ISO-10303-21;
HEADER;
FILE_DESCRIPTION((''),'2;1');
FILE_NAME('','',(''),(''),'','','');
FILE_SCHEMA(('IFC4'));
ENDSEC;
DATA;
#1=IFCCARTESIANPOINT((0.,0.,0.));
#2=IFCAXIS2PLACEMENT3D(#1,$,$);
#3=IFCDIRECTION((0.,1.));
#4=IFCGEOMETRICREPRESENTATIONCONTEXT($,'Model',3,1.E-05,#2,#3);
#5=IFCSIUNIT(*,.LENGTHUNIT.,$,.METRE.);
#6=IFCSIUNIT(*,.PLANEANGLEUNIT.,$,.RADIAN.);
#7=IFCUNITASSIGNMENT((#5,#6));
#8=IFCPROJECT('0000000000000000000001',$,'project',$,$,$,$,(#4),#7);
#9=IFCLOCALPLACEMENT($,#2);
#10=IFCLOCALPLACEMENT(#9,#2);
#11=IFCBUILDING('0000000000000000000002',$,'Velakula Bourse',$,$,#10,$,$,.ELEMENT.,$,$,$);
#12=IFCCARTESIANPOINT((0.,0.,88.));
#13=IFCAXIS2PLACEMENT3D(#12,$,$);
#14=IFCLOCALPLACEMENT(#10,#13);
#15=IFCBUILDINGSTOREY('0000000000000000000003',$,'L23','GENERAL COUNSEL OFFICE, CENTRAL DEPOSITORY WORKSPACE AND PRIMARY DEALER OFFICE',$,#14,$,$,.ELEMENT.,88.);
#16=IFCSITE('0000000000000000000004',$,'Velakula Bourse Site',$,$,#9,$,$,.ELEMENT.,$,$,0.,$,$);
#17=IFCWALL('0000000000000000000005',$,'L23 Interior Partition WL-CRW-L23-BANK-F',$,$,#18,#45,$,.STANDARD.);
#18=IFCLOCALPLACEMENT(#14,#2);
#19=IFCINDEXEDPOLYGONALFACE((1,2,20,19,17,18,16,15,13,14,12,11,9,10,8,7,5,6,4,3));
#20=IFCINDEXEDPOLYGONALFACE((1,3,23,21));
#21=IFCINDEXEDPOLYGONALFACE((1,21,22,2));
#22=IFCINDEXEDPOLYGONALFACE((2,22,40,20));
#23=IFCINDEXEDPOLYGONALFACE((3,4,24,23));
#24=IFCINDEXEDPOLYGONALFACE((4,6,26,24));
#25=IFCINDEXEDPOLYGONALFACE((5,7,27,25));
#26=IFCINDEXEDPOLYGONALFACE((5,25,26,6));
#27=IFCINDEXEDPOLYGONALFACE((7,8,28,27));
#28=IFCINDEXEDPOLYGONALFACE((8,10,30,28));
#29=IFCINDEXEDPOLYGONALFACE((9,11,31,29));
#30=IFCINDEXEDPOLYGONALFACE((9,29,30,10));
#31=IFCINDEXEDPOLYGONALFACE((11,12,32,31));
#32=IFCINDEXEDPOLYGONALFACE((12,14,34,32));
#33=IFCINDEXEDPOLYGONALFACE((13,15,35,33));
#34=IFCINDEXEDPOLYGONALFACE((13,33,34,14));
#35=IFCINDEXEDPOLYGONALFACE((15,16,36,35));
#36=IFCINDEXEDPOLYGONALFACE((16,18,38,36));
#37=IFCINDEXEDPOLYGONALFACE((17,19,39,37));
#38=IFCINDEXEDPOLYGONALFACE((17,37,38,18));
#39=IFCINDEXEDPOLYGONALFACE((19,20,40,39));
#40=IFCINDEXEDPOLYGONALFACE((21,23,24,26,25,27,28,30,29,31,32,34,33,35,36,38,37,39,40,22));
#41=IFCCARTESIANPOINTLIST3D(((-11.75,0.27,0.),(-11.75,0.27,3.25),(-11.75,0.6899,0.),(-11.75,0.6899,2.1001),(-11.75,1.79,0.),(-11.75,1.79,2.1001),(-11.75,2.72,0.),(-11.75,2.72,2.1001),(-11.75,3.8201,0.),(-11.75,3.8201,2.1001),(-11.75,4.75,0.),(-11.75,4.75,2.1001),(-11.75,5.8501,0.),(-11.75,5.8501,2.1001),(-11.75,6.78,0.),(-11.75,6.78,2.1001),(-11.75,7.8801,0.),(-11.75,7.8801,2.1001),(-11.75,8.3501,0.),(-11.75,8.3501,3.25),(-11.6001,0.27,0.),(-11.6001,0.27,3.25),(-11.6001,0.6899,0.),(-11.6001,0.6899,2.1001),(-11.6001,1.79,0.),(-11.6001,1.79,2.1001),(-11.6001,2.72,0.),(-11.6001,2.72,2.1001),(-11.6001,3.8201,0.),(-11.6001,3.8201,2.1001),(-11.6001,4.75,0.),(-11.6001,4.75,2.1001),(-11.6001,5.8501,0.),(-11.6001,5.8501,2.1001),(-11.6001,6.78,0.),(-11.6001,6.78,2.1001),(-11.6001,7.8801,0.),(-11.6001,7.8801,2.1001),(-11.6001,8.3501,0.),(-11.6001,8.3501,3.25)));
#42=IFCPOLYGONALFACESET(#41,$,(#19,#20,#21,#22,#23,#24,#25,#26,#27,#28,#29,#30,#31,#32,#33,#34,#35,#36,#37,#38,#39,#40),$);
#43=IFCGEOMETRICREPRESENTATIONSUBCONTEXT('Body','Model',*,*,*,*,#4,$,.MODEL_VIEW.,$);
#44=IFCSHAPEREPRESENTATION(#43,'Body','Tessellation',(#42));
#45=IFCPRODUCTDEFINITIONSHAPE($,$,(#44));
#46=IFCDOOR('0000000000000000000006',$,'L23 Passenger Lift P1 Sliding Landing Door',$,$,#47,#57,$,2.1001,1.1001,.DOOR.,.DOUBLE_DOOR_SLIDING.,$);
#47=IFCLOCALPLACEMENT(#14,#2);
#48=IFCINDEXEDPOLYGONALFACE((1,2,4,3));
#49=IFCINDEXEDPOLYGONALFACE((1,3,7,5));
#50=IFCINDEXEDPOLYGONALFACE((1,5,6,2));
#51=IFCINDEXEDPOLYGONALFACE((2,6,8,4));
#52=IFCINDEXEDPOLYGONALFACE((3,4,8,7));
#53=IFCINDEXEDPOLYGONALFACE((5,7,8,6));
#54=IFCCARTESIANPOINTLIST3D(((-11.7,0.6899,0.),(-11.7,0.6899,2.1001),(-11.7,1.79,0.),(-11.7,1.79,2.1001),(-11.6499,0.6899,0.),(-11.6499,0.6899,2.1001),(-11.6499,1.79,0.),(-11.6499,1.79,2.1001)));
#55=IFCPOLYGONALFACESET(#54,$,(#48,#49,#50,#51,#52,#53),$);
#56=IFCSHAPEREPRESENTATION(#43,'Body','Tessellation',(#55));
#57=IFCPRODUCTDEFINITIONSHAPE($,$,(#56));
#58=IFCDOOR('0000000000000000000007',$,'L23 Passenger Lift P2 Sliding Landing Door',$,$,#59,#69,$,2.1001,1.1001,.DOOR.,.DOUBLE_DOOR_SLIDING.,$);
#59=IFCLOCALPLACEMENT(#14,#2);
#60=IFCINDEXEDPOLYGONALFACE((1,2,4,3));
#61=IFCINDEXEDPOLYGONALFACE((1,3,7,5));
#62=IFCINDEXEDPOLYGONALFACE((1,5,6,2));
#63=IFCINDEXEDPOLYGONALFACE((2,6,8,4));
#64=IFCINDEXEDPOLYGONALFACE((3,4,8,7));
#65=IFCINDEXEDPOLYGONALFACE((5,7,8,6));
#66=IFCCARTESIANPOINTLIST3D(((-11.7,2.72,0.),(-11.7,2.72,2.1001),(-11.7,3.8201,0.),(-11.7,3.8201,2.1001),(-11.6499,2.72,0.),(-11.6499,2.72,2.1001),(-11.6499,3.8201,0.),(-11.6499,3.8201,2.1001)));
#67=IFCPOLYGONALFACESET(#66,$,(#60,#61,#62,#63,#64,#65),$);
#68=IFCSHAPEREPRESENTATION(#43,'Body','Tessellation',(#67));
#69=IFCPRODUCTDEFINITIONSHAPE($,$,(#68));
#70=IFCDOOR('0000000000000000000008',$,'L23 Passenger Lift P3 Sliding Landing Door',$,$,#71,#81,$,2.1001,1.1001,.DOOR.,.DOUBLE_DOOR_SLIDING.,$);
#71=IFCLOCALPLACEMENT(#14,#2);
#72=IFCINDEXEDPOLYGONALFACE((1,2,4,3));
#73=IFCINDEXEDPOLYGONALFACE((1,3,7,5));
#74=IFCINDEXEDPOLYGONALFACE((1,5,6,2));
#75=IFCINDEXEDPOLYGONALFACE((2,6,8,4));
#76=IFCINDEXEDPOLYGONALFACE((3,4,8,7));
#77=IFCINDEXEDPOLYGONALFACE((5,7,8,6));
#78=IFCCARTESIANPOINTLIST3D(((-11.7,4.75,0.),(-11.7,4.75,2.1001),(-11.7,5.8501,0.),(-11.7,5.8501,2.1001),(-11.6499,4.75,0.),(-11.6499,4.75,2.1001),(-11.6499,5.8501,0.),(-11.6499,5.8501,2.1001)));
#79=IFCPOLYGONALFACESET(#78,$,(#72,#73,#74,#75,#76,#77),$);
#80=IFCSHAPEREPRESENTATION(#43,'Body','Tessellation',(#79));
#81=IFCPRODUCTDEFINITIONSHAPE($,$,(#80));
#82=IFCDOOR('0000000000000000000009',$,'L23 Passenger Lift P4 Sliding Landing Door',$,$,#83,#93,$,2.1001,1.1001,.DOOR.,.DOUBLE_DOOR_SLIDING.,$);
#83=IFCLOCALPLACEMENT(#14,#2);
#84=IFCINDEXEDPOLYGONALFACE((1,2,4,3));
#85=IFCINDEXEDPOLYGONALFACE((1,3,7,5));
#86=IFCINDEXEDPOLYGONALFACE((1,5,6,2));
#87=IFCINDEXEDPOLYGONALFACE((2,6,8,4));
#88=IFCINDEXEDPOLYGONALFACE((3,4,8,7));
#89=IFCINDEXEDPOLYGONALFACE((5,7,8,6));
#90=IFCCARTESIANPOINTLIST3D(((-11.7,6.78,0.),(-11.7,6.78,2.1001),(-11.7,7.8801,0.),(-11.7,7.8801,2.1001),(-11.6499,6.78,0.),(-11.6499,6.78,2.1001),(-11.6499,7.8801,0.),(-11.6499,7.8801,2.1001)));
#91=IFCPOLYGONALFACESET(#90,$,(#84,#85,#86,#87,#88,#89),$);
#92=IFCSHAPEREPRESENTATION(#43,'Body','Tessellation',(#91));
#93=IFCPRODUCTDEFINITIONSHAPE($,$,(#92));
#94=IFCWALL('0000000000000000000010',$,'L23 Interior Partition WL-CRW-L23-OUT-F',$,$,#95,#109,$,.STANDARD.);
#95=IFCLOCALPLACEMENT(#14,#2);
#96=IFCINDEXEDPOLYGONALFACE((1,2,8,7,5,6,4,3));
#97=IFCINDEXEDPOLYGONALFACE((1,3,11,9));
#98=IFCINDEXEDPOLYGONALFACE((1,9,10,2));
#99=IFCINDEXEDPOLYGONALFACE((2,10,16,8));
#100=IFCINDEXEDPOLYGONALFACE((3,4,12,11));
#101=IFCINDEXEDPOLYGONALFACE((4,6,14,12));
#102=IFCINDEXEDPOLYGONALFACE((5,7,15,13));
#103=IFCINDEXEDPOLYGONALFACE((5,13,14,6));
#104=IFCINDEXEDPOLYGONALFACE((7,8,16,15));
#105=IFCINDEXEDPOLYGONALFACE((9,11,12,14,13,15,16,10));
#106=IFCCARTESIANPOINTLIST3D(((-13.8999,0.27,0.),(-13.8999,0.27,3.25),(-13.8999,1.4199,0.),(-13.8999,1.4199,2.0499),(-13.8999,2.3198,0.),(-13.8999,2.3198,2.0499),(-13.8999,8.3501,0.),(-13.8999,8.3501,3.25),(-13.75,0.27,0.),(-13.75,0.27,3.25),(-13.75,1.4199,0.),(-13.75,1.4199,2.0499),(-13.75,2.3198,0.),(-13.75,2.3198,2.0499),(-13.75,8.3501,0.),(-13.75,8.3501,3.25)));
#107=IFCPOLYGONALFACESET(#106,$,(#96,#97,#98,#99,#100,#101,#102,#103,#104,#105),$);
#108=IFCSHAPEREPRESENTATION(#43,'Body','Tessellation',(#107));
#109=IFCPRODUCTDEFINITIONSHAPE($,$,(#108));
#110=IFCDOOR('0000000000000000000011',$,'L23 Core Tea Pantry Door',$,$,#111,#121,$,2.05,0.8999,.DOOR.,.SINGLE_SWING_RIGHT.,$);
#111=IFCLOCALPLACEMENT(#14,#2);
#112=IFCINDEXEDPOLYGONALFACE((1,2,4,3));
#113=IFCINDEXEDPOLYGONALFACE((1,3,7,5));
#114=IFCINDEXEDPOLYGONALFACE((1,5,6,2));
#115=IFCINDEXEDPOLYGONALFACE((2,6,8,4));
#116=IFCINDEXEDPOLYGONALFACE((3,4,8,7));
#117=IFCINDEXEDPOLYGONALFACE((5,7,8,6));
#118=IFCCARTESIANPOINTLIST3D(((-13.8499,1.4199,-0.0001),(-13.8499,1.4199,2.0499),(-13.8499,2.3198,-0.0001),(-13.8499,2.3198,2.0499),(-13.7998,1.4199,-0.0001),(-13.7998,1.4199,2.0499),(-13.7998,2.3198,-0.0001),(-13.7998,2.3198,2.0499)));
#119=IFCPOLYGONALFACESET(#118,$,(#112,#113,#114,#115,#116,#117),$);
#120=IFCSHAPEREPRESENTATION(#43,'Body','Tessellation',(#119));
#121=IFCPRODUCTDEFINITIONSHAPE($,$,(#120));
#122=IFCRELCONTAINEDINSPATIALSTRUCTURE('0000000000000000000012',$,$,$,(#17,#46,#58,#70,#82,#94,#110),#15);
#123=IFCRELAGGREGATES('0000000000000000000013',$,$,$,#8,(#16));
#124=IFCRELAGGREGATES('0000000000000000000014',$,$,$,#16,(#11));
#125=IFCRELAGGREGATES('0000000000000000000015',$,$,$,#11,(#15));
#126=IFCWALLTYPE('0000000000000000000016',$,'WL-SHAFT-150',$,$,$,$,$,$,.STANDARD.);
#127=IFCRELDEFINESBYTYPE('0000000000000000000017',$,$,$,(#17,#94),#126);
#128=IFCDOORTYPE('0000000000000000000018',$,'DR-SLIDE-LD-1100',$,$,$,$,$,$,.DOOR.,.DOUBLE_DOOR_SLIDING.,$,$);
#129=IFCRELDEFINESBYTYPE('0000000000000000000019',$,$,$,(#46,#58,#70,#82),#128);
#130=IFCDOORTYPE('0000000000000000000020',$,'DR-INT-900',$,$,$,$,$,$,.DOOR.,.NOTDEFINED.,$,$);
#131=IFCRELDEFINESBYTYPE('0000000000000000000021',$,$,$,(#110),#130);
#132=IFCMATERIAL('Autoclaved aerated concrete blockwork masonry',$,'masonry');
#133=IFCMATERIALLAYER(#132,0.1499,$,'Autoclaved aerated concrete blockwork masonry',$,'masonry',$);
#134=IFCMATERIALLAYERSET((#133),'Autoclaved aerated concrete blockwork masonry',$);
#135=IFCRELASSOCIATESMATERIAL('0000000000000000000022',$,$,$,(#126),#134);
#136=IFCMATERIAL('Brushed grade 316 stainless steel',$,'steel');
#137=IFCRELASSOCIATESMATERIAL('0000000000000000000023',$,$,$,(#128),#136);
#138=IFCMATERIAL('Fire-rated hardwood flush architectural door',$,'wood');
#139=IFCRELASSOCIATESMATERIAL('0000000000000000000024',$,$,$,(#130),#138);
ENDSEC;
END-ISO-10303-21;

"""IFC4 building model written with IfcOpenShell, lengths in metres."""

from ifc_helpers import new_model, si_unit, direction, frame, frame_2d, origin, place, context, subcontext, project, spatial, rectangle, extrude, material, layer, layer_set, type_object, element, fill, save


model = new_model("IFC4")

# Units and contexts
model_context = context("Model", 3, precision=1e-05, world=origin(), true_north=direction((0.0, 1.0)))
body_context = subcontext(model_context, "Body", "Model", "MODEL_VIEW")
ifc_project = project(units=[si_unit("LENGTHUNIT", "METRE"), si_unit("PLANEANGLEUNIT", "RADIAN")], contexts=[model_context])

# Site, building, storey
site_placement = place(None, origin())
site = spatial("IfcSite", under=ifc_project, at=site_placement, Name="Velakula Bourse Site", CompositionType="ELEMENT", RefElevation=0.0)
building_placement = place(site_placement, origin())
building = spatial("IfcBuilding", under=site, at=building_placement, Name="Velakula Bourse", CompositionType="ELEMENT")
storey_placement = place(building_placement, frame((0.0, 0.0, 88.0)))
storey = spatial("IfcBuildingStorey", under=building, at=storey_placement, Name="L23", Description="GENERAL COUNSEL OFFICE, CENTRAL DEPOSITORY WORKSPACE AND PRIMARY DEALER OFFICE", CompositionType="ELEMENT", Elevation=88.0)

# Shared definitions
ifc_material_1 = material(Name="Fire-rated hardwood flush architectural door", Category="wood")

# Shared definitions
ifc_material_2 = material(Name="Autoclaved aerated concrete blockwork masonry", Category="masonry")
ifc_layer_1 = layer(ifc_material_2, 0.1499, Name="Autoclaved aerated concrete blockwork masonry", Category="masonry")
ifc_layer_set_1 = layer_set([ifc_layer_1], Name="Autoclaved aerated concrete blockwork masonry")
wall_type_1 = type_object("IfcWallType", Name="WL-SHAFT-150", PredefinedType="STANDARD", material=ifc_layer_set_1)

# Wall, openings, doors
wall_1_placement = place(storey_placement, frame((-11.675, 0.27, 0.0), z_axis=(0.0, 0.0, 1.0), x_axis=(0.0, 1.0, 0.0)))
wall_1 = element("IfcWall", 1, at=wall_1_placement, inside=storey, type_object=wall_type_1, Name="L23 Interior Partition WL-CRW-L23-BANK-F", PredefinedType="STANDARD", context=body_context, shape_type="SweptSolid", body=[
    extrude(rectangle(XDim=8.0801, YDim=0.1499, at=frame_2d((4.04, 0.0))), origin(), (0.0, 0.0, 1.0), 3.25),
])
opening_1_placement = place(wall_1_placement, frame((0.4199, 0.0, 0.0)))
opening_1 = element("IfcOpeningElement", 2, at=opening_1_placement, cuts=wall_1, PredefinedType="OPENING", context=body_context, shape_type="SweptSolid", body=[
    extrude(rectangle(XDim=1.1001, YDim=2.1001, at=frame_2d((0.55, 1.05))), frame((0.0, 0.085, 0.0), z_axis=(0.0, -1.0, 0.0), x_axis=(1.0, 0.0, 0.0)), (0.0, 0.0, 1.0), 0.1699),
])
opening_2_placement = place(wall_1_placement, frame((2.45, 0.0, 0.0)))
opening_2 = element("IfcOpeningElement", 3, at=opening_2_placement, cuts=wall_1, PredefinedType="OPENING", context=body_context, shape_type="SweptSolid", body=[
    extrude(rectangle(XDim=1.1001, YDim=2.1001, at=frame_2d((0.55, 1.05))), frame((0.0, 0.085, 0.0), z_axis=(0.0, -1.0, 0.0), x_axis=(1.0, 0.0, 0.0)), (0.0, 0.0, 1.0), 0.1699),
])
opening_3_placement = place(wall_1_placement, frame((4.48, 0.0, 0.0)))
opening_3 = element("IfcOpeningElement", 4, at=opening_3_placement, cuts=wall_1, PredefinedType="OPENING", context=body_context, shape_type="SweptSolid", body=[
    extrude(rectangle(XDim=1.1001, YDim=2.1001, at=frame_2d((0.55, 1.05))), frame((0.0, 0.085, 0.0), z_axis=(0.0, -1.0, 0.0), x_axis=(1.0, 0.0, 0.0)), (0.0, 0.0, 1.0), 0.1699),
])
opening_4_placement = place(wall_1_placement, frame((6.51, 0.0, 0.0)))
opening_4 = element("IfcOpeningElement", 5, at=opening_4_placement, cuts=wall_1, PredefinedType="OPENING", context=body_context, shape_type="SweptSolid", body=[
    extrude(rectangle(XDim=1.1001, YDim=2.1001, at=frame_2d((0.55, 1.05))), frame((0.0, 0.085, 0.0), z_axis=(0.0, -1.0, 0.0), x_axis=(1.0, 0.0, 0.0)), (0.0, 0.0, 1.0), 0.1699),
])
ifc_material_3 = material(Name="Brushed grade 316 stainless steel", Category="steel")
door_type_1 = type_object("IfcDoorType", Name="DR-SLIDE-LD-1100", OperationType="DOUBLE_DOOR_SLIDING", PredefinedType="DOOR", material=ifc_material_3)
door_1_placement = place(opening_1_placement, origin())
door_1 = element("IfcDoor", 6, at=door_1_placement, inside=storey, type_object=door_type_1, Name="L23 Passenger Lift P1 Sliding Landing Door", OperationType="DOUBLE_DOOR_SLIDING", OverallHeight=2.1001, OverallWidth=1.1001, PredefinedType="DOOR", context=body_context, shape_type="SweptSolid", body=[
    extrude(rectangle(XDim=1.1001, YDim=2.1001, at=frame_2d((0.55, 1.05))), frame((0.0, 0.0249, 0.0), z_axis=(0.0, -1.0, 0.0), x_axis=(1.0, 0.0, 0.0)), (0.0, 0.0, 1.0), 0.05),
])
fill(opening_1, door_1)
door_2_placement = place(opening_2_placement, origin())
door_2 = element("IfcDoor", 7, at=door_2_placement, inside=storey, type_object=door_type_1, Name="L23 Passenger Lift P2 Sliding Landing Door", OperationType="DOUBLE_DOOR_SLIDING", OverallHeight=2.1001, OverallWidth=1.1001, PredefinedType="DOOR", context=body_context, shape_type="SweptSolid", body=[
    extrude(rectangle(XDim=1.1001, YDim=2.1001, at=frame_2d((0.55, 1.05))), frame((0.0, 0.0249, 0.0), z_axis=(0.0, -1.0, 0.0), x_axis=(1.0, 0.0, 0.0)), (0.0, 0.0, 1.0), 0.05),
])
fill(opening_2, door_2)
door_3_placement = place(opening_3_placement, origin())
door_3 = element("IfcDoor", 8, at=door_3_placement, inside=storey, type_object=door_type_1, Name="L23 Passenger Lift P3 Sliding Landing Door", OperationType="DOUBLE_DOOR_SLIDING", OverallHeight=2.1001, OverallWidth=1.1001, PredefinedType="DOOR", context=body_context, shape_type="SweptSolid", body=[
    extrude(rectangle(XDim=1.1001, YDim=2.1001, at=frame_2d((0.55, 1.05))), frame((0.0, 0.0249, 0.0), z_axis=(0.0, -1.0, 0.0), x_axis=(1.0, 0.0, 0.0)), (0.0, 0.0, 1.0), 0.05),
])
fill(opening_3, door_3)
door_4_placement = place(opening_4_placement, origin())
door_4 = element("IfcDoor", 9, at=door_4_placement, inside=storey, type_object=door_type_1, Name="L23 Passenger Lift P4 Sliding Landing Door", OperationType="DOUBLE_DOOR_SLIDING", OverallHeight=2.1001, OverallWidth=1.1001, PredefinedType="DOOR", context=body_context, shape_type="SweptSolid", body=[
    extrude(rectangle(XDim=1.1001, YDim=2.1001, at=frame_2d((0.55, 1.05))), frame((0.0, 0.0249, 0.0), z_axis=(0.0, -1.0, 0.0), x_axis=(1.0, 0.0, 0.0)), (0.0, 0.0, 1.0), 0.05),
])
fill(opening_4, door_4)

# Wall, opening, door
wall_2_placement = place(storey_placement, frame((-13.825, 0.27, 0.0), z_axis=(0.0, 0.0, 1.0), x_axis=(0.0, 1.0, 0.0)))
wall_2 = element("IfcWall", 10, at=wall_2_placement, inside=storey, type_object=wall_type_1, Name="L23 Interior Partition WL-CRW-L23-OUT-F", PredefinedType="STANDARD", context=body_context, shape_type="SweptSolid", body=[
    extrude(rectangle(XDim=8.0801, YDim=0.1499, at=frame_2d((4.04, 0.0))), origin(), (0.0, 0.0, 1.0), 3.25),
])
opening_5_placement = place(wall_2_placement, frame((1.1499, 0.0, 0.0)))
opening_5 = element("IfcOpeningElement", 11, at=opening_5_placement, cuts=wall_2, PredefinedType="OPENING", context=body_context, shape_type="SweptSolid", body=[
    extrude(rectangle(XDim=0.8999, YDim=2.05, at=frame_2d((0.45, 1.0249))), frame((0.0, 0.085, 0.0), z_axis=(0.0, -1.0, 0.0), x_axis=(1.0, 0.0, 0.0)), (0.0, 0.0, 1.0), 0.1699),
])
door_type_2 = type_object("IfcDoorType", Name="DR-INT-900", OperationType="NOTDEFINED", PredefinedType="DOOR", material=ifc_material_1)
door_5_placement = place(opening_5_placement, origin())
door_5 = element("IfcDoor", 12, at=door_5_placement, inside=storey, type_object=door_type_2, Name="L23 Core Tea Pantry Door", OperationType="SINGLE_SWING_RIGHT", OverallHeight=2.05, OverallWidth=0.8999, PredefinedType="DOOR", context=body_context, shape_type="SweptSolid", body=[
    extrude(rectangle(XDim=0.8999, YDim=2.05, at=frame_2d((0.45, 1.0249))), frame((0.0, 0.0249, 0.0), z_axis=(0.0, -1.0, 0.0), x_axis=(1.0, 0.0, 0.0)), (0.0, 0.0, 1.0), 0.05),
])
fill(opening_5, door_5)

save(model, "model.ifc")
